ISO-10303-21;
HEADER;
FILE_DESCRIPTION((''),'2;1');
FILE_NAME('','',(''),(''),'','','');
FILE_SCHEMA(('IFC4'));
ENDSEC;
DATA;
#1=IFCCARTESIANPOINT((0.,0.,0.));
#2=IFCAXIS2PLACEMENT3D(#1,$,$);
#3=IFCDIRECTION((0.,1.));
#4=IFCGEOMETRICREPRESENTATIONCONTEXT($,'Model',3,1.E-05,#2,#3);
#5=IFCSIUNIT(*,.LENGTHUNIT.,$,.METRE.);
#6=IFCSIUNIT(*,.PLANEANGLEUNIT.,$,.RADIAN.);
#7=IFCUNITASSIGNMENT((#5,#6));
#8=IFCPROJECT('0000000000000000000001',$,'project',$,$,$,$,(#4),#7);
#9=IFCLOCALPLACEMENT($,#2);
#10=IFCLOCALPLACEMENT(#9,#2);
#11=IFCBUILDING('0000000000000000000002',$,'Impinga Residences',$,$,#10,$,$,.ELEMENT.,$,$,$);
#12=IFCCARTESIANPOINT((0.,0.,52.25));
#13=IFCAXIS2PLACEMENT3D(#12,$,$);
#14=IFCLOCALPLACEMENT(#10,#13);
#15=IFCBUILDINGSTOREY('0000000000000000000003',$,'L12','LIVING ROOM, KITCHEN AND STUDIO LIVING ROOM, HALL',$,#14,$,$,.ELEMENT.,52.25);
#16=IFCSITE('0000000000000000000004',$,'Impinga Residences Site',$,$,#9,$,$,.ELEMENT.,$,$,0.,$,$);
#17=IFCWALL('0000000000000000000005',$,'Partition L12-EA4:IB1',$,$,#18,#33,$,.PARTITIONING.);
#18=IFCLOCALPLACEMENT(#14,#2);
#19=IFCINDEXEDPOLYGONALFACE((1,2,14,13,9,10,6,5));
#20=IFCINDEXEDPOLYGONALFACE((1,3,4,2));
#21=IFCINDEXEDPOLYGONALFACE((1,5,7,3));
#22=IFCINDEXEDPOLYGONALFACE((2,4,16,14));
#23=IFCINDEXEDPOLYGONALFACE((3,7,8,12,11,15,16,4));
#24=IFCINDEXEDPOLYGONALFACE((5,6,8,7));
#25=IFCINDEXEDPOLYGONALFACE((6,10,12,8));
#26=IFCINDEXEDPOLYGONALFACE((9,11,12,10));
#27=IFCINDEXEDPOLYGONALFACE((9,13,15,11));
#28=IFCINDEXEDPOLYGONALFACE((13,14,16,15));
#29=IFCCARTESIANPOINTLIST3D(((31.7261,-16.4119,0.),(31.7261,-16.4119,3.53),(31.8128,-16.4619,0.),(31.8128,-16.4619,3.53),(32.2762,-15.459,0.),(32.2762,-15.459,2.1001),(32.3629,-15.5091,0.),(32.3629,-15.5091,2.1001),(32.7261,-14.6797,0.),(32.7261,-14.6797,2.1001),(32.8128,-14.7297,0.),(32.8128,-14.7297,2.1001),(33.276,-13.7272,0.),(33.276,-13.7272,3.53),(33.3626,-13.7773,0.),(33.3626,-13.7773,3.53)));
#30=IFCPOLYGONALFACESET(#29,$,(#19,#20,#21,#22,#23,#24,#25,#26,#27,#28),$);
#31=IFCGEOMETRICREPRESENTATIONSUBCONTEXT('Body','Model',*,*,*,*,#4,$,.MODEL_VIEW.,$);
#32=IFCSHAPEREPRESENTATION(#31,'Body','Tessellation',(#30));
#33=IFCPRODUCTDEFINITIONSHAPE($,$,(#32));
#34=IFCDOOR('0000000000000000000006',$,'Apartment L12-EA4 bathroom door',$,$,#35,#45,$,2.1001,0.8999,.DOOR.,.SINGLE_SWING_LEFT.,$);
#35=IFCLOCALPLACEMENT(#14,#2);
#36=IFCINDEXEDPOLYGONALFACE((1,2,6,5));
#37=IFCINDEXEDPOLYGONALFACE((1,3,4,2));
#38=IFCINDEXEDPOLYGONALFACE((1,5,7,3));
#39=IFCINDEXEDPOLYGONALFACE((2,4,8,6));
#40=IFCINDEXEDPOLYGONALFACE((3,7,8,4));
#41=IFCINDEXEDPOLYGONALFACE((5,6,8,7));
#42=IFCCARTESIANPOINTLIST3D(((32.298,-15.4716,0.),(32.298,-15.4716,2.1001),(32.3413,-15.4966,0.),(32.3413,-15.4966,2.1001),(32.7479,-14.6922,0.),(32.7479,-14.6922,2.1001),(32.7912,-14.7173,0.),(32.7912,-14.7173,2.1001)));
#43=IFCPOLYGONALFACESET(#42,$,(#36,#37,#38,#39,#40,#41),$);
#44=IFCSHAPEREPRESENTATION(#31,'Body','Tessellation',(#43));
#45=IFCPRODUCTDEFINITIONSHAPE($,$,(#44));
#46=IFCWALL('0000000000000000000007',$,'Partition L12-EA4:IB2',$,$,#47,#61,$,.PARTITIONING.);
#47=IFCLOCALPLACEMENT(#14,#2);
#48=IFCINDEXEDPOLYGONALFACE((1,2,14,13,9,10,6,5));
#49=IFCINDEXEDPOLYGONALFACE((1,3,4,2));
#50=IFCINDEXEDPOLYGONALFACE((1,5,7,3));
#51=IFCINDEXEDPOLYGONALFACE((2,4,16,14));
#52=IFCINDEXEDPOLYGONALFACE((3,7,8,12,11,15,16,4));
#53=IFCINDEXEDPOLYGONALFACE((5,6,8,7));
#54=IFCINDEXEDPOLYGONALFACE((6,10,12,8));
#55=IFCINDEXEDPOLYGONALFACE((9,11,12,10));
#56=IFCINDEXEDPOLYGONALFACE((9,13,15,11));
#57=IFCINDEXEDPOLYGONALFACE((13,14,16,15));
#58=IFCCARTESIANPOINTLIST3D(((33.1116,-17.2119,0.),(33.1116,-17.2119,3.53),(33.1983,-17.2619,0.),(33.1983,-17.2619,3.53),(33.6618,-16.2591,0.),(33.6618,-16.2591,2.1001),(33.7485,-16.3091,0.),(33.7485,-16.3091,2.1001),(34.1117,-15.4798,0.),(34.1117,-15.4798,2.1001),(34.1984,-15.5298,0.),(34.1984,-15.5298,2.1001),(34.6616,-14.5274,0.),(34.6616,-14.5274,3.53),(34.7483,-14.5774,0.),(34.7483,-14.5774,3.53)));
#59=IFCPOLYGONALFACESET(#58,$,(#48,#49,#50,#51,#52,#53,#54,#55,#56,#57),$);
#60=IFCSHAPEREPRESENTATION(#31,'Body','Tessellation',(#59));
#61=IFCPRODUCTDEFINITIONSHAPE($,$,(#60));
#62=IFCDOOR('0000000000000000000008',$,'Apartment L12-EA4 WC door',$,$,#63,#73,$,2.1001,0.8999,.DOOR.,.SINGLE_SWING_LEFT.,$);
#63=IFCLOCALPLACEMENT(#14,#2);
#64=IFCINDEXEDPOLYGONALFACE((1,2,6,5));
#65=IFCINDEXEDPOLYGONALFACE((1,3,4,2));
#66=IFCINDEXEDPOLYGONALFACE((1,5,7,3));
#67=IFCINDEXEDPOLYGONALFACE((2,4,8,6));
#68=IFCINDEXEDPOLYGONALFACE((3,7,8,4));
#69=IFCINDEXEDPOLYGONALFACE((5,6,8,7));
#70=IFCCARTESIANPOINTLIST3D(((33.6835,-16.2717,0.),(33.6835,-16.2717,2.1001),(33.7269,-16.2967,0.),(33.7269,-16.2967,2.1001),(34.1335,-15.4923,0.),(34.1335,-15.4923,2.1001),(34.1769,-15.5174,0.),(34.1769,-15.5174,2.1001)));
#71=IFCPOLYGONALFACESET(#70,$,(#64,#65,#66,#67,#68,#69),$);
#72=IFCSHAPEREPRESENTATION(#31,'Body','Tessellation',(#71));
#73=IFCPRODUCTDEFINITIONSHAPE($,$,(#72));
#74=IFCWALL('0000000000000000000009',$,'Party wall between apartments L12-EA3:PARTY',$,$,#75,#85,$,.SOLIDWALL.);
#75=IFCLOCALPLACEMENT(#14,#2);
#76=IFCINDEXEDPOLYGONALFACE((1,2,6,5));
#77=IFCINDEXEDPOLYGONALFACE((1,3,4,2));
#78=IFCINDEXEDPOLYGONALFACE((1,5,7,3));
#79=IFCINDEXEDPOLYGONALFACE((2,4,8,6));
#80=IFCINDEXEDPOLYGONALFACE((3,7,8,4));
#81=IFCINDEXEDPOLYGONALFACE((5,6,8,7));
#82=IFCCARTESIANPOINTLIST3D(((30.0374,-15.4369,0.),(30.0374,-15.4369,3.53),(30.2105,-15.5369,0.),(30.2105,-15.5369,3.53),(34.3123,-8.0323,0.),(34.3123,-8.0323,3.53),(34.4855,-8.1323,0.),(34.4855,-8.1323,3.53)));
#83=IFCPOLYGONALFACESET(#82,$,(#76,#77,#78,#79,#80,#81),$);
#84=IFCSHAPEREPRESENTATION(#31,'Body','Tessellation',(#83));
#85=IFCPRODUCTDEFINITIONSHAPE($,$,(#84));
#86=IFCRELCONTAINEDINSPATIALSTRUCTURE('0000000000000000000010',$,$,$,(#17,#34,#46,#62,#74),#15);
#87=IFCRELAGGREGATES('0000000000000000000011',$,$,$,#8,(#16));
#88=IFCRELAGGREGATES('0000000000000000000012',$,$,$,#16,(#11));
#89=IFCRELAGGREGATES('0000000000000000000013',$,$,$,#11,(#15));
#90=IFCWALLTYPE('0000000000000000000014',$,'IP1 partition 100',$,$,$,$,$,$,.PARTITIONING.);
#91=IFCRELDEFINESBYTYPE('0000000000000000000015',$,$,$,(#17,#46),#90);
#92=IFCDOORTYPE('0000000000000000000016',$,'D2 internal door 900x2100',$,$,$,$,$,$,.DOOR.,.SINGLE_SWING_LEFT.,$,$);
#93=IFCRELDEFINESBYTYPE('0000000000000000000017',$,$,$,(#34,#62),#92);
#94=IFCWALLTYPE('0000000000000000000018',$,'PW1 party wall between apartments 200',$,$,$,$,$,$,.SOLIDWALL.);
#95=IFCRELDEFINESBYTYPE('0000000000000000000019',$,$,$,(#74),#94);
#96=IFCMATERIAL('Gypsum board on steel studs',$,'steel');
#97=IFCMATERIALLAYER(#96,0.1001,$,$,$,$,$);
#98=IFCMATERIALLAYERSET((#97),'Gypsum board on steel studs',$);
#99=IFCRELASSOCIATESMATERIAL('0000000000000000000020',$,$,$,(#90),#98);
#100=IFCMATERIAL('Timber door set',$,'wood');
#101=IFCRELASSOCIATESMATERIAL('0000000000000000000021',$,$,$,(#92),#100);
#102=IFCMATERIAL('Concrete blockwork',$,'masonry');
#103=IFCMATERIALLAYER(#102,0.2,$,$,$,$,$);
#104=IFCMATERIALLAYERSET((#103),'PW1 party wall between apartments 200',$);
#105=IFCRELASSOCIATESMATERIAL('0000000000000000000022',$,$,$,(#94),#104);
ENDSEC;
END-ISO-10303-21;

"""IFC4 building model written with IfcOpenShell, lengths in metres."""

from ifc_helpers import new_model, si_unit, direction, frame, frame_2d, origin, place, context, subcontext, project, spatial, rectangle, extrude, material, layer, layer_set, type_object, element, fill, save


model = new_model("IFC4")

# Units and contexts
model_context = context("Model", 3, precision=1e-05, world=origin(), true_north=direction((0.0, 1.0)))
body_context = subcontext(model_context, "Body", "Model", "MODEL_VIEW")
ifc_project = project(units=[si_unit("LENGTHUNIT", "METRE"), si_unit("PLANEANGLEUNIT", "RADIAN")], contexts=[model_context])

# Site, building, storey
site_placement = place(None, origin())
site = spatial("IfcSite", under=ifc_project, at=site_placement, Name="Impinga Residences Site", CompositionType="ELEMENT", RefElevation=0.0)
building_placement = place(site_placement, origin())
building = spatial("IfcBuilding", under=site, at=building_placement, Name="Impinga Residences", CompositionType="ELEMENT")
storey_placement = place(building_placement, frame((0.0, 0.0, 52.25)))
storey = spatial("IfcBuildingStorey", under=building, at=storey_placement, Name="L12", Description="LIVING ROOM, KITCHEN AND STUDIO LIVING ROOM, HALL", CompositionType="ELEMENT", Elevation=52.25)

# Shared definitions
ifc_material_1 = material(Name="Gypsum board on steel studs", Category="steel")
ifc_layer_1 = layer(ifc_material_1, 0.1001)
ifc_layer_set_1 = layer_set([ifc_layer_1], Name="Gypsum board on steel studs")
wall_type_1 = type_object("IfcWallType", Name="IP1 partition 100", PredefinedType="PARTITIONING", material=ifc_layer_set_1)

# Shared definitions
ifc_material_2 = material(Name="Timber door set", Category="wood")
door_type = type_object("IfcDoorType", Name="D2 internal door 900x2100", OperationType="SINGLE_SWING_LEFT", PredefinedType="DOOR", material=ifc_material_2)

# Walls, openings, doors
wall_1_placement = place(storey_placement, frame((31.7695, -16.4368, 0.0), z_axis=(0.0, 0.0, 1.0), x_axis=(0.499968, 0.866044, 0.0)))
wall_1 = element("IfcWall", 1, at=wall_1_placement, inside=storey, type_object=wall_type_1, Name="Partition L12-EA4:IB1", PredefinedType="PARTITIONING", context=body_context, shape_type="SweptSolid", body=[
    extrude(rectangle(XDim=3.0999, YDim=0.1001, at=frame_2d((1.5498, 0.0))), origin(), (0.0, 0.0, 1.0), 3.53),
])
opening_1_placement = place(wall_1_placement, frame((1.1001, 0.0, 0.0)))
opening_1 = element("IfcOpeningElement", 2, at=opening_1_placement, cuts=wall_1, PredefinedType="OPENING", context=body_context, shape_type="SweptSolid", body=[
    extrude(rectangle(XDim=0.8999, YDim=2.1001, at=frame_2d((0.45, 1.05))), frame((0.0, 0.0601, 0.0), z_axis=(0.0, -1.0, 0.0), x_axis=(1.0, 0.0, 0.0)), (0.0, 0.0, 1.0), 0.1201),
])
door_1_placement = place(opening_1_placement, origin())
door_1 = element("IfcDoor", 3, at=door_1_placement, inside=storey, type_object=door_type, Name="Apartment L12-EA4 bathroom door", OperationType="SINGLE_SWING_LEFT", OverallHeight=2.1001, OverallWidth=0.8999, PredefinedType="DOOR", context=body_context, shape_type="SweptSolid", body=[
    extrude(rectangle(XDim=0.8999, YDim=2.1001, at=frame_2d((0.45, 1.05))), frame((0.0, 0.0249, 0.0), z_axis=(0.0, -1.0, 0.0), x_axis=(1.0, 0.0, 0.0)), (0.0, 0.0, 1.0), 0.05),
])
fill(opening_1, door_1)
wall_2_placement = place(storey_placement, frame((33.155, -17.2368, 0.0), z_axis=(0.0, 0.0, 1.0), x_axis=(0.500027, 0.86601, 0.0)))
wall_2 = element("IfcWall", 4, at=wall_2_placement, inside=storey, type_object=wall_type_1, Name="Partition L12-EA4:IB2", PredefinedType="PARTITIONING", context=body_context, shape_type="SweptSolid", body=[
    extrude(rectangle(XDim=3.0999, YDim=0.1001, at=frame_2d((1.5498, 0.0))), origin(), (0.0, 0.0, 1.0), 3.53),
])
opening_2_placement = place(wall_2_placement, frame((1.1001, 0.0, 0.0)))
opening_2 = element("IfcOpeningElement", 5, at=opening_2_placement, cuts=wall_2, PredefinedType="OPENING", context=body_context, shape_type="SweptSolid", body=[
    extrude(rectangle(XDim=0.8999, YDim=2.1001, at=frame_2d((0.45, 1.05))), frame((0.0, 0.0601, 0.0), z_axis=(0.0, -1.0, 0.0), x_axis=(1.0, 0.0, 0.0)), (0.0, 0.0, 1.0), 0.1201),
])
door_2_placement = place(opening_2_placement, origin())
door_2 = element("IfcDoor", 6, at=door_2_placement, inside=storey, type_object=door_type, Name="Apartment L12-EA4 WC door", OperationType="SINGLE_SWING_LEFT", OverallHeight=2.1001, OverallWidth=0.8999, PredefinedType="DOOR", context=body_context, shape_type="SweptSolid", body=[
    extrude(rectangle(XDim=0.8999, YDim=2.1001, at=frame_2d((0.45, 1.05))), frame((0.0, 0.0249, 0.0), z_axis=(0.0, -1.0, 0.0), x_axis=(1.0, 0.0, 0.0)), (0.0, 0.0, 1.0), 0.05),
])
fill(opening_2, door_2)

# Wall
ifc_material_3 = material(Name="Concrete blockwork", Category="masonry")
ifc_layer_2 = layer(ifc_material_3, 0.2)
ifc_layer_set_2 = layer_set([ifc_layer_2], Name="PW1 party wall between apartments 200")
wall_type_2 = type_object("IfcWallType", Name="PW1 party wall between apartments 200", PredefinedType="SOLIDWALL", material=ifc_layer_set_2)
wall_3_placement = place(storey_placement, frame((30.124, -15.4868, 0.0), z_axis=(0.0, 0.0, 1.0), x_axis=(0.49999, 0.866031, 0.0)))
element("IfcWall", 7, at=wall_3_placement, inside=storey, type_object=wall_type_2, Name="Party wall between apartments L12-EA3:PARTY", PredefinedType="SOLIDWALL", context=body_context, shape_type="SweptSolid", body=[
    extrude(rectangle(XDim=8.55, YDim=0.2, at=frame_2d((4.2749, 0.0))), origin(), (0.0, 0.0, 1.0), 3.53),
])

save(model, "model.ifc")
